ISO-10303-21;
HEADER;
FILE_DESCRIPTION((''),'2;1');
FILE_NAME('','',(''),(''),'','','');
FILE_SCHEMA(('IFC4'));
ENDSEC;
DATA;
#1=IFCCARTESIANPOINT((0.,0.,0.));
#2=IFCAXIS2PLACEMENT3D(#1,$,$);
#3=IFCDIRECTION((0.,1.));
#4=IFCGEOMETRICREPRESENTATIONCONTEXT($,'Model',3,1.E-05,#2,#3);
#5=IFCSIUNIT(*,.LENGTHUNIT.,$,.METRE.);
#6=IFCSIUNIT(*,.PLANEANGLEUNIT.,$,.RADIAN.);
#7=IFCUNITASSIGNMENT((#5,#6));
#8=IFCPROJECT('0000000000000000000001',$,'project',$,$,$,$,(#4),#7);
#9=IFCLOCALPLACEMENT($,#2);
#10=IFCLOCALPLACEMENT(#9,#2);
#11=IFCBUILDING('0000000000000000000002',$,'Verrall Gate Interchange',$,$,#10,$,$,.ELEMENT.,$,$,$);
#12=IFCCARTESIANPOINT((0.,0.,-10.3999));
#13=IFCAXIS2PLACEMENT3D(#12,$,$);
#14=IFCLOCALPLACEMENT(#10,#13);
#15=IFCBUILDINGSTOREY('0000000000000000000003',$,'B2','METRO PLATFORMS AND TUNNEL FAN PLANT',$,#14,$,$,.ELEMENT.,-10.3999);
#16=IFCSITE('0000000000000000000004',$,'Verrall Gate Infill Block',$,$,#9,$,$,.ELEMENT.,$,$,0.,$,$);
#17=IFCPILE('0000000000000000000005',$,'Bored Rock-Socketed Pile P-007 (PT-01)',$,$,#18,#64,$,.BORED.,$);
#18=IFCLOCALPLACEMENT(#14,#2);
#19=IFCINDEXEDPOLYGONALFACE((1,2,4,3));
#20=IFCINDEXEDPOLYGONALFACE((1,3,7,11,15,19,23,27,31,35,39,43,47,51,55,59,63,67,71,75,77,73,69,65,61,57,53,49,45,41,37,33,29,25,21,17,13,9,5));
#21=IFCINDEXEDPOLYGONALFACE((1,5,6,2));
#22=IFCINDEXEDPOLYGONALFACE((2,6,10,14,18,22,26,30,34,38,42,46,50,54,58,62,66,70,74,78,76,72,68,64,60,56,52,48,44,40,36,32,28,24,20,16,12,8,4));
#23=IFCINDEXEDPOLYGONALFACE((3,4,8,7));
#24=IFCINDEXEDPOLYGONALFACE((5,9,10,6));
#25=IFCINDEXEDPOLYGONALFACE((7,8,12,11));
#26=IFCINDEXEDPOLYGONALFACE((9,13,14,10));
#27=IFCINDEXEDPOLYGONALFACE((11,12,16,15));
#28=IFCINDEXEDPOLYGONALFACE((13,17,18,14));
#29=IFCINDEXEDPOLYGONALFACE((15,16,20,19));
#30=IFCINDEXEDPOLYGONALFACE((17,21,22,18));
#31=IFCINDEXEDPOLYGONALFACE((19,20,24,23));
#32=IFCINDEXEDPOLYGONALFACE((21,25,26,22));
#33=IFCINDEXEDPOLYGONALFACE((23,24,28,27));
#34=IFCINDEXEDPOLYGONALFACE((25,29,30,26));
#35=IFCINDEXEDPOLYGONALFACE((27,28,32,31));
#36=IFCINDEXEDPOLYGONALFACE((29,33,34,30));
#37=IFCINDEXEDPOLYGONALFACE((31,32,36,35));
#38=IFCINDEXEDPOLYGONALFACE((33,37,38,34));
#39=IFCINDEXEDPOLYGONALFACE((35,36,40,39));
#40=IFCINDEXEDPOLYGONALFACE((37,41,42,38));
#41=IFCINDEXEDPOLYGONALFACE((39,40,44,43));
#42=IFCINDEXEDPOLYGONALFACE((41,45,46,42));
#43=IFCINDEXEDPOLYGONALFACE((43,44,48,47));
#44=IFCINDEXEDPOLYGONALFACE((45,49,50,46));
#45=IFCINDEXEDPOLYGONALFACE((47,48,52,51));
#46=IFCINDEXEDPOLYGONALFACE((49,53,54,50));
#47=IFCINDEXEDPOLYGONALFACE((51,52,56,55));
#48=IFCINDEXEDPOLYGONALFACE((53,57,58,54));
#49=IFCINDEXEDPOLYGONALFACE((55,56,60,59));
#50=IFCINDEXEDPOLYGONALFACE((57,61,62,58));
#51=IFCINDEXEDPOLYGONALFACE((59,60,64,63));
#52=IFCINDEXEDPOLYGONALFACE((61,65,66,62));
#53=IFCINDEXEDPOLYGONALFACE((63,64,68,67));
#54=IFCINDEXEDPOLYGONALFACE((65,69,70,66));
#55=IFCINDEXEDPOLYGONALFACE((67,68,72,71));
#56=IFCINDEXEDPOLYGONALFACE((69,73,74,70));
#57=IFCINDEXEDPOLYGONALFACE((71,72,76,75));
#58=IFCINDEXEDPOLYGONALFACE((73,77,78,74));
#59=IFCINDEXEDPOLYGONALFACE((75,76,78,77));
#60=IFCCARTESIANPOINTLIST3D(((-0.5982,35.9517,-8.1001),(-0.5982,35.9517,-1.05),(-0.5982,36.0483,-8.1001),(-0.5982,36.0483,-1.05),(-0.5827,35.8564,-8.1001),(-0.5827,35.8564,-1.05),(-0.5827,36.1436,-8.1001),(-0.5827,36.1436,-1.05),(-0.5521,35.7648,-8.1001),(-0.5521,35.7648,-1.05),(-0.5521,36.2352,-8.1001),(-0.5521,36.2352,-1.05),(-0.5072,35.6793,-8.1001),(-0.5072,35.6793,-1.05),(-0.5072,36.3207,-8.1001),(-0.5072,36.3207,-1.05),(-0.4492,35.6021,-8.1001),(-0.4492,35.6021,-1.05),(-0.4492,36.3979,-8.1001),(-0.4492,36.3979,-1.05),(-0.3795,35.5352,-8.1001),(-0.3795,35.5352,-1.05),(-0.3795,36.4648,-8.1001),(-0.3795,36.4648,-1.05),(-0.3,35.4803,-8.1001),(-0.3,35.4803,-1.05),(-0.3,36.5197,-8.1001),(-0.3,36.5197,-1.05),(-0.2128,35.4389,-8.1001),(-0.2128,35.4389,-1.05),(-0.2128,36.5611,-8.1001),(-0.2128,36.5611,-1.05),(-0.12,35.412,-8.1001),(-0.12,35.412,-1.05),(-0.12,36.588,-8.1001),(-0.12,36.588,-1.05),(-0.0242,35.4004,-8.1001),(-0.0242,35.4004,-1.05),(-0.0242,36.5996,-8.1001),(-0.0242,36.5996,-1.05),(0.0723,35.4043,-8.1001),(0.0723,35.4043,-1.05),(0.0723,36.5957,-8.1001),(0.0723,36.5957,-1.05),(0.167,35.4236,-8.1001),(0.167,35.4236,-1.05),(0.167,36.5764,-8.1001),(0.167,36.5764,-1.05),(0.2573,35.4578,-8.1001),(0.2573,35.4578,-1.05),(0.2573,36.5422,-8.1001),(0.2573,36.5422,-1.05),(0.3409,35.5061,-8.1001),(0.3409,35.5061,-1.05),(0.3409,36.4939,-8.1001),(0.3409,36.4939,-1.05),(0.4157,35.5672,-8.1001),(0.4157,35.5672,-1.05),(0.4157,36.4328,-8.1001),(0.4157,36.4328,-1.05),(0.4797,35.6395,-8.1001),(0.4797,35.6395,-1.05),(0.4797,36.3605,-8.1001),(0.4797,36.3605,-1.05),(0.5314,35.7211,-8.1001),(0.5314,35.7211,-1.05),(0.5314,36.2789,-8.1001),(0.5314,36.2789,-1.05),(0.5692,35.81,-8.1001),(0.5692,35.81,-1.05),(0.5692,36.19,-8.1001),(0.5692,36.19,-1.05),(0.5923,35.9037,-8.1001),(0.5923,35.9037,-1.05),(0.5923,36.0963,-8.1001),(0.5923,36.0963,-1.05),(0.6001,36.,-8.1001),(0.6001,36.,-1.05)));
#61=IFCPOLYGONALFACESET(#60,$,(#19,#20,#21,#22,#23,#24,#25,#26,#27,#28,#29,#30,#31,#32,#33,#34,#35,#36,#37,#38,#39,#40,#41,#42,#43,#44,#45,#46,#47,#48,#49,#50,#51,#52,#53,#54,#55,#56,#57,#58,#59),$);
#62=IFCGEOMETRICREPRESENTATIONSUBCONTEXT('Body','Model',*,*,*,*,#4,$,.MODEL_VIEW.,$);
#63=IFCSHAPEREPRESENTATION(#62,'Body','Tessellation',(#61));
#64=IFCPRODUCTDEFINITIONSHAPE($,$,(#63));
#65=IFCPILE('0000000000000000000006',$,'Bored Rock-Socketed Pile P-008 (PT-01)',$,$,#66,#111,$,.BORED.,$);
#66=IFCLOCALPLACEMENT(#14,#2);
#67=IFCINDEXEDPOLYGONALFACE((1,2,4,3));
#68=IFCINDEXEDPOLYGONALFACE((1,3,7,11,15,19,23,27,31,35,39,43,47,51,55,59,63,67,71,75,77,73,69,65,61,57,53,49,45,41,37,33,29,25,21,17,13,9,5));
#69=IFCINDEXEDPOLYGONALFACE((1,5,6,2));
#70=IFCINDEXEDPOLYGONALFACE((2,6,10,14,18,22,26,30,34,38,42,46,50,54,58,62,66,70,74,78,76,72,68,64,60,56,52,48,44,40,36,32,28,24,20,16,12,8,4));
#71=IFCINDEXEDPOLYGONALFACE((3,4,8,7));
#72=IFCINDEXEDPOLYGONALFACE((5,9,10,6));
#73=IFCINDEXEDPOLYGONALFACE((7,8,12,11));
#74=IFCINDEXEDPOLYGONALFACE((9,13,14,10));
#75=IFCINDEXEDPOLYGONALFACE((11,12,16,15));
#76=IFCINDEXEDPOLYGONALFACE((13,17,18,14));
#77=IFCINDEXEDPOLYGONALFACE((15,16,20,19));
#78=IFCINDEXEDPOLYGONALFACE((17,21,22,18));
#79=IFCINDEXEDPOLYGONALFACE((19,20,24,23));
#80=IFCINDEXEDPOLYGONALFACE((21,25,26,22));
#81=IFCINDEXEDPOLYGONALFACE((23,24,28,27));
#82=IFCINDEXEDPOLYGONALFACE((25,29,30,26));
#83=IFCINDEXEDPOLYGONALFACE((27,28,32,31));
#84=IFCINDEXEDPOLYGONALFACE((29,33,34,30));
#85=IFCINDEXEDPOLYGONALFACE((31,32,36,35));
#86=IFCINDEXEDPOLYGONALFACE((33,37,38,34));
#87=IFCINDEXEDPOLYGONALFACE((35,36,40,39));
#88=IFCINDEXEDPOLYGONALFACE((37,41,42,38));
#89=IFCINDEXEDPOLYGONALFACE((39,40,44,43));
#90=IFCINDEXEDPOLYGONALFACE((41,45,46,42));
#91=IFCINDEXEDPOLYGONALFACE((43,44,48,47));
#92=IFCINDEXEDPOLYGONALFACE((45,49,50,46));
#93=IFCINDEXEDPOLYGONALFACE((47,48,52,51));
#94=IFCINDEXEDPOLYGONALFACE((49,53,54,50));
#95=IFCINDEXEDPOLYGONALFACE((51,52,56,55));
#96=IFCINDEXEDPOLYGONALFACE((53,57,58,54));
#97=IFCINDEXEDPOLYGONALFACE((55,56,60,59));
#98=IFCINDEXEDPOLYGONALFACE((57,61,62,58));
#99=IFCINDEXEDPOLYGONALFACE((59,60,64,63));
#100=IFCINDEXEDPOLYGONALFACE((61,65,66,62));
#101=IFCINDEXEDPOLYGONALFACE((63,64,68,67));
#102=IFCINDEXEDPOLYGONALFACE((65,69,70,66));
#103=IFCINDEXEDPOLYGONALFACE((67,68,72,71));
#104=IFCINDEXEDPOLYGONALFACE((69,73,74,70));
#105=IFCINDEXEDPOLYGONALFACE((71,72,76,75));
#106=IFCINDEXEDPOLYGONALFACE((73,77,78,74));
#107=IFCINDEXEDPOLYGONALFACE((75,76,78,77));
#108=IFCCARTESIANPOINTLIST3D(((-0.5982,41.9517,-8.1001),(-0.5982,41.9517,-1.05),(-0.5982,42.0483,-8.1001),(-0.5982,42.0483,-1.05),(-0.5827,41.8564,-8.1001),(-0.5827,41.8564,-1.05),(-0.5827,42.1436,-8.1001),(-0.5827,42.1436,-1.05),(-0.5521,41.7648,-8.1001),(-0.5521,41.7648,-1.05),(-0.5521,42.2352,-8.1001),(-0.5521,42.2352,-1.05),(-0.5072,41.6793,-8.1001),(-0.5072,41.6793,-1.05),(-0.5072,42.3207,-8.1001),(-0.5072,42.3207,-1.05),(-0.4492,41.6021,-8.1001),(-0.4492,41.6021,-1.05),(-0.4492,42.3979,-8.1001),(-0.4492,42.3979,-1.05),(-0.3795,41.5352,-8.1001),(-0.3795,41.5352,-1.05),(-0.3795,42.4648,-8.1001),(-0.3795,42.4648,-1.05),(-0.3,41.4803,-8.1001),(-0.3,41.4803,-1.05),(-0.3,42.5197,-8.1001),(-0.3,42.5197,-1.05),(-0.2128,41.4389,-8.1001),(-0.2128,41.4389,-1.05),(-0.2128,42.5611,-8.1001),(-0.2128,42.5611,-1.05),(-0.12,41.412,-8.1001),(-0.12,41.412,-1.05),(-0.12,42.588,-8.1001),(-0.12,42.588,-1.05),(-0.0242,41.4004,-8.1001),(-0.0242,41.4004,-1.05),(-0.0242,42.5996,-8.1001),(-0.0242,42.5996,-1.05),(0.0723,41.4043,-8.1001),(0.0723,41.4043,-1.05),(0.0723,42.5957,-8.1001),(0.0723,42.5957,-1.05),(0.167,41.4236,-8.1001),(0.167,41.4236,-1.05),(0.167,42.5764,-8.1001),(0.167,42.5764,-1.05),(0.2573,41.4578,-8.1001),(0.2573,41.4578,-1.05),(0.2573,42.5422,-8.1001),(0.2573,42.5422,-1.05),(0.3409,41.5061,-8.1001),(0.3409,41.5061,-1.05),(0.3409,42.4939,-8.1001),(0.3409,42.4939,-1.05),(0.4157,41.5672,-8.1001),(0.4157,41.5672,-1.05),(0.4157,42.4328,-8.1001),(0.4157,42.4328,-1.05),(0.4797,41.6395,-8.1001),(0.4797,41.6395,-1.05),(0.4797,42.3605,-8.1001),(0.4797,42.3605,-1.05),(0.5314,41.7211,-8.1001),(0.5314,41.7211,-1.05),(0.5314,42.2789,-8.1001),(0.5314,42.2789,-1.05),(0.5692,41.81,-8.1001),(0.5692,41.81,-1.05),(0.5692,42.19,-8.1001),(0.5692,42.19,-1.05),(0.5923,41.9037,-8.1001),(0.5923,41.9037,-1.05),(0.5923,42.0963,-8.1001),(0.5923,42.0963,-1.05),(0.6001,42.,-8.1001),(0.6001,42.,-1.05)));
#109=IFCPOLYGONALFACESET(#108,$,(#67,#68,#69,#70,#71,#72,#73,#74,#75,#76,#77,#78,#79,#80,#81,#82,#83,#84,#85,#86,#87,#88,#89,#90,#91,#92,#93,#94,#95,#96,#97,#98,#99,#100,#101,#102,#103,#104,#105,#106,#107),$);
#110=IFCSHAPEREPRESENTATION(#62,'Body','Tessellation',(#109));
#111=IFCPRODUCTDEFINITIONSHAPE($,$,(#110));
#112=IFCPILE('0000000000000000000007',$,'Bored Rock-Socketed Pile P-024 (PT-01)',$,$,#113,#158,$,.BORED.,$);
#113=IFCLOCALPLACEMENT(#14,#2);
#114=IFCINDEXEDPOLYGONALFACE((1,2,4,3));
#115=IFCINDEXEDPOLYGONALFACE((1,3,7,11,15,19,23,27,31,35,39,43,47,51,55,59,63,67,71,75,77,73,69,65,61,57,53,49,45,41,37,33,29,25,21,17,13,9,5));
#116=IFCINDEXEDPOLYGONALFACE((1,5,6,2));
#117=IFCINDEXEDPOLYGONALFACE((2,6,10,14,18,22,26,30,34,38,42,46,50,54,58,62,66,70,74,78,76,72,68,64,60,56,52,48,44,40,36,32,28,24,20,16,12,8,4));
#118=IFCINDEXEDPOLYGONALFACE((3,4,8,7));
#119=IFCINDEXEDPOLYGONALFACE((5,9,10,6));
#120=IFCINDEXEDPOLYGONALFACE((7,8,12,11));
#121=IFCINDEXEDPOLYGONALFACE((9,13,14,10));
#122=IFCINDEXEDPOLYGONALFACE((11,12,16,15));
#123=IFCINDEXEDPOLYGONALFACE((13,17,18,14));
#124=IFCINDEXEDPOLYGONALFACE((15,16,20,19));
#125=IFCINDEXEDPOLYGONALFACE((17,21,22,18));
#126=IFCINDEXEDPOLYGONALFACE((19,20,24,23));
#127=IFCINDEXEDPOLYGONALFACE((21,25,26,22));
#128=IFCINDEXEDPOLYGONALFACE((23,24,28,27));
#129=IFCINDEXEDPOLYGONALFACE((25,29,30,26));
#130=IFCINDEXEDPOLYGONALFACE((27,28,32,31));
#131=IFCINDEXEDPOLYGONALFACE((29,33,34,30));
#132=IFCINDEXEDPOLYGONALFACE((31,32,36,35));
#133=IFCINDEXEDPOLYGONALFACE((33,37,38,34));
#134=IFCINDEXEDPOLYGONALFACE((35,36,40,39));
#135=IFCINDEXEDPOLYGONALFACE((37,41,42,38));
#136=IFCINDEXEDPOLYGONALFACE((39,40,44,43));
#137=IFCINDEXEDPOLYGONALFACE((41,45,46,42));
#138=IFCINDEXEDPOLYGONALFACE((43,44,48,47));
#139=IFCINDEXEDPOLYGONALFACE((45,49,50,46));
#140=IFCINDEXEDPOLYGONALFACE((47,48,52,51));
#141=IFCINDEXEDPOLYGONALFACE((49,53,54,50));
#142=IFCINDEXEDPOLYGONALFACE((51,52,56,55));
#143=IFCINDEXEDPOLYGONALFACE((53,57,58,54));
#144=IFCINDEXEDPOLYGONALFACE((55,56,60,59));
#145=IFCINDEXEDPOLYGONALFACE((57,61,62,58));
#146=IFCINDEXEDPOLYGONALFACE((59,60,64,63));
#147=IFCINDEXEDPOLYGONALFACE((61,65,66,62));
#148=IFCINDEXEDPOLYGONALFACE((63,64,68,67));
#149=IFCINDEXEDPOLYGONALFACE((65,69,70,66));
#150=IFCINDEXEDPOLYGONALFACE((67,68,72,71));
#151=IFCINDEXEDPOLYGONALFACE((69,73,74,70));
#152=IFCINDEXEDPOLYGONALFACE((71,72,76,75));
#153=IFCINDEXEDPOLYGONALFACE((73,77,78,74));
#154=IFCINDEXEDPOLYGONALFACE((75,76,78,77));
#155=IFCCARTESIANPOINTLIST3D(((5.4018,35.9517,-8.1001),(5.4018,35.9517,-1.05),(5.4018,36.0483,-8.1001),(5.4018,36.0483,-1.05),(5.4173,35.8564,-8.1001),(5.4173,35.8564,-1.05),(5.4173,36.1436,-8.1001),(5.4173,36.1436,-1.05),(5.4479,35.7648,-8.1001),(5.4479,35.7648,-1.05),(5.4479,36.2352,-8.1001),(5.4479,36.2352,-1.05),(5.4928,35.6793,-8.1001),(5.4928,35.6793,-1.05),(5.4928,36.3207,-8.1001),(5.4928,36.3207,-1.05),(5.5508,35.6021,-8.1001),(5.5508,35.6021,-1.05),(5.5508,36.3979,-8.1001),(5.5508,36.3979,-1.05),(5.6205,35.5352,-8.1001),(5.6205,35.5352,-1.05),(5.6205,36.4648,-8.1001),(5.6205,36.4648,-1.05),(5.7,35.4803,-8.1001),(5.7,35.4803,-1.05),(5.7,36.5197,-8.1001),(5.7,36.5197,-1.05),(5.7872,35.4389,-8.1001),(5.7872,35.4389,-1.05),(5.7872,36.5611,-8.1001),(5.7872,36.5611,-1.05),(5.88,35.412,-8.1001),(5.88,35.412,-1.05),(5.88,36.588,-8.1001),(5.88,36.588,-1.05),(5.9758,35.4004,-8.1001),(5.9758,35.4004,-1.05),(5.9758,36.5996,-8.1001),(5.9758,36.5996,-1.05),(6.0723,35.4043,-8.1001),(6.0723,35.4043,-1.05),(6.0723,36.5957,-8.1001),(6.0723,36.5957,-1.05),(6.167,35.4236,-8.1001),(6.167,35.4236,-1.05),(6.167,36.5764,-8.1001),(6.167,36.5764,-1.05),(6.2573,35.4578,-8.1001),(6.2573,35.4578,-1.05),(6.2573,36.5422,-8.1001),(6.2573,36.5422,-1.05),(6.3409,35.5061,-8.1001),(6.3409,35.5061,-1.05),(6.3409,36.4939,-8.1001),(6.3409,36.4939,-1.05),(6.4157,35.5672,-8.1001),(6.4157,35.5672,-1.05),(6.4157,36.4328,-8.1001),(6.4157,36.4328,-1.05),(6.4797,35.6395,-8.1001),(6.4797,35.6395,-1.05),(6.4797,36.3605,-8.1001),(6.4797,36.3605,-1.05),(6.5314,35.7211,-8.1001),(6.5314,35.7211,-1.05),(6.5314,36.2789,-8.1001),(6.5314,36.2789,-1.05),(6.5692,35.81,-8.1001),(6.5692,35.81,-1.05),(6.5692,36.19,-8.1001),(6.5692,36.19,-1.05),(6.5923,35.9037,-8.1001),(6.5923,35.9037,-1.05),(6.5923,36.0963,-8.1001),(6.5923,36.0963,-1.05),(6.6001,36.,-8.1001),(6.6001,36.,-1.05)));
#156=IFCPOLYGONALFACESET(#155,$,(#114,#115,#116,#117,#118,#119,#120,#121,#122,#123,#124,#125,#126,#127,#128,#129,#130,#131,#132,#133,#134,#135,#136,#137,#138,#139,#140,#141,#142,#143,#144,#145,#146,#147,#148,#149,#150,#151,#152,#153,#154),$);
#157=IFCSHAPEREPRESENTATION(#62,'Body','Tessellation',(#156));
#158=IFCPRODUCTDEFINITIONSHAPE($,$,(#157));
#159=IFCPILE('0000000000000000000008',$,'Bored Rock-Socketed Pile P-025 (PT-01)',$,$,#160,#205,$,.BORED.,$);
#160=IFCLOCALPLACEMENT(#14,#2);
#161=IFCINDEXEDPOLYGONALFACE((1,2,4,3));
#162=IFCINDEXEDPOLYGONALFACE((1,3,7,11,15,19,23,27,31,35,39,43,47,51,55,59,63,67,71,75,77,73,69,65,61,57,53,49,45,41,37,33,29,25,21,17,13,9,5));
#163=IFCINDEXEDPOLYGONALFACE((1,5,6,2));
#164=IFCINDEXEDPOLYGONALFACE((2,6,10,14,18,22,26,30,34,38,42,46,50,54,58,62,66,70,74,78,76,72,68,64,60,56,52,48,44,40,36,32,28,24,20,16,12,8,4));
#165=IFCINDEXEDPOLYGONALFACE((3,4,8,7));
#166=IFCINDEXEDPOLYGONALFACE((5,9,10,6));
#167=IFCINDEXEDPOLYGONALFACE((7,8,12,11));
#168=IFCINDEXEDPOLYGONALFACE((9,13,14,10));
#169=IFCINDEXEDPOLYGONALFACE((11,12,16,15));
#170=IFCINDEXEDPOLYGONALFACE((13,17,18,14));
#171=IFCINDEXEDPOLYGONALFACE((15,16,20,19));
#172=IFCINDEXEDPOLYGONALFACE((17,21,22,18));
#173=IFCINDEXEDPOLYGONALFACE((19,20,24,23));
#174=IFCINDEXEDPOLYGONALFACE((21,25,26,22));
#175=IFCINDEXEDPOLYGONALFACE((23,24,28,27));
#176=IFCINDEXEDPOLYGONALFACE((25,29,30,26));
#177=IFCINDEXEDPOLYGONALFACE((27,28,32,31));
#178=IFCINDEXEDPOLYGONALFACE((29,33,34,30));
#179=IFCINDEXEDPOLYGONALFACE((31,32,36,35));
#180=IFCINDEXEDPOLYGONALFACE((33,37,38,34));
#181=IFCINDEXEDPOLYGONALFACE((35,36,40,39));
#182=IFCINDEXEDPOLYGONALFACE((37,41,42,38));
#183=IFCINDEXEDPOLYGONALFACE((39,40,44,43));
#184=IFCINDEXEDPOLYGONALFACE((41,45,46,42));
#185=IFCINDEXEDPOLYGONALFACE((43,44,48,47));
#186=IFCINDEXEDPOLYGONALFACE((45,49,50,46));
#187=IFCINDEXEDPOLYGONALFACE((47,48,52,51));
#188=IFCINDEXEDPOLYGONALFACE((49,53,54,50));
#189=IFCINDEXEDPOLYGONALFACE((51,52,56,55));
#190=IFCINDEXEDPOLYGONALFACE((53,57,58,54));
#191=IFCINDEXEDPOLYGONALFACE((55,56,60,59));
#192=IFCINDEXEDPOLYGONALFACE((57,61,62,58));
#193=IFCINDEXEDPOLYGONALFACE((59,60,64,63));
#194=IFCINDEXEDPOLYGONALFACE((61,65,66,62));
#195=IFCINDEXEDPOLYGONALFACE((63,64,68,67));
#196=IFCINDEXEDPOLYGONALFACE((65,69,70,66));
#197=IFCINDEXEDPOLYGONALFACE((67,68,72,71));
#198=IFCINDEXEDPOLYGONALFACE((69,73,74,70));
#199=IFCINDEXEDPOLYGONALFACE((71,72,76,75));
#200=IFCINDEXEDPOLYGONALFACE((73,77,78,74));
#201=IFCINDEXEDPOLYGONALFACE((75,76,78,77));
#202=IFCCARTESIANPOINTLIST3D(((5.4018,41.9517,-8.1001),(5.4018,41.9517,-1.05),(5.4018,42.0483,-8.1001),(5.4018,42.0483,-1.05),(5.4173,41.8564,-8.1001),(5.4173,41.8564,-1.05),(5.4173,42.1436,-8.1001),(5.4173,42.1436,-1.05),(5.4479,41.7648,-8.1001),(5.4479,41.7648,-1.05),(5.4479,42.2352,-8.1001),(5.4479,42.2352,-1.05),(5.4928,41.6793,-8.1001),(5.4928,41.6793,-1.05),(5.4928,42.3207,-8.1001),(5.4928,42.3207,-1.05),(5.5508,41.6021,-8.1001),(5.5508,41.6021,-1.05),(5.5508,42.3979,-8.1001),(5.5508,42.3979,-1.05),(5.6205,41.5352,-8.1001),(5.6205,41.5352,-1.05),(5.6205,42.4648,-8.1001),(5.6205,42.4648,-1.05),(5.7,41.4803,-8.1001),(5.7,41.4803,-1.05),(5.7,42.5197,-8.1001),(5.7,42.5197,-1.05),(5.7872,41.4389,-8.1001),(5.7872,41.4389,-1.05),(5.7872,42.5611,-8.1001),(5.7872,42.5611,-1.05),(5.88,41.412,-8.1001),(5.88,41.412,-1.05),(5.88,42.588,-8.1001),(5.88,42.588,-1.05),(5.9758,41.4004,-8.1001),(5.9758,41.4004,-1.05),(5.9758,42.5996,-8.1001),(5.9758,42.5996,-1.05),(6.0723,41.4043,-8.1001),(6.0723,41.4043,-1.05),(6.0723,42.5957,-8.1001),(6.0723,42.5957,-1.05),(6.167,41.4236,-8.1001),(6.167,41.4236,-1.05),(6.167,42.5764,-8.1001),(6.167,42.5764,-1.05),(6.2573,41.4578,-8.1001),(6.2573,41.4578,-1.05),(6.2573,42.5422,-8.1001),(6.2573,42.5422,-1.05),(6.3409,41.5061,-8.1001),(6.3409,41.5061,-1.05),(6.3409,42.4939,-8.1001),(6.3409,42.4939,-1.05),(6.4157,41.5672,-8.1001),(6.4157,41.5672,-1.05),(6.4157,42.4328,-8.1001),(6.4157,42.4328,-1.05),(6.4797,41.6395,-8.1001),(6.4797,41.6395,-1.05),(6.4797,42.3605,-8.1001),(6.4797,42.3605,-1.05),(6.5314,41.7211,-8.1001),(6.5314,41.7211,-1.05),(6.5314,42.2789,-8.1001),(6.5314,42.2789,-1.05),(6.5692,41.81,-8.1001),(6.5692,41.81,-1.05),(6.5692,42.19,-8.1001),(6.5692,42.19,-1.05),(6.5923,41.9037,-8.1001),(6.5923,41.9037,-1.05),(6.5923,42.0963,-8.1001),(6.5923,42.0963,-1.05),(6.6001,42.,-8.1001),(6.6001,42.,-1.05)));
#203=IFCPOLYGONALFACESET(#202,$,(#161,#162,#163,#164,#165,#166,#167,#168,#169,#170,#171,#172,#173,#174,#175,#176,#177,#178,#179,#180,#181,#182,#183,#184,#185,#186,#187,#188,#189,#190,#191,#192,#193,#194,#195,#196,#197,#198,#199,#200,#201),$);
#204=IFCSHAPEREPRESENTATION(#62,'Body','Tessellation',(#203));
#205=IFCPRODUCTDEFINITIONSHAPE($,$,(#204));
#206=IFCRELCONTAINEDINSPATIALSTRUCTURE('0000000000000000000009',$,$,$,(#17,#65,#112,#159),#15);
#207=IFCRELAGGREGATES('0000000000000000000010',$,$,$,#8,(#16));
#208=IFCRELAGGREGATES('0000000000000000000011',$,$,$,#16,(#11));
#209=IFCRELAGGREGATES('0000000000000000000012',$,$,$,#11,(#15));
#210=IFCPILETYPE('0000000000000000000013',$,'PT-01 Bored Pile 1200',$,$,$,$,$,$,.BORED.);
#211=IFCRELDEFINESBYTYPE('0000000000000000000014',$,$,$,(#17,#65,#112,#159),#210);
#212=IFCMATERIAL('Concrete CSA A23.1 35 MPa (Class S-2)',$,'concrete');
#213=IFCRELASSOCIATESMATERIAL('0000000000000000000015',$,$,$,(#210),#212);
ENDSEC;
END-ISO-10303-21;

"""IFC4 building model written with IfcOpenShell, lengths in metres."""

from ifc_helpers import new_model, si_unit, direction, frame, origin, origin_2d, place, context, subcontext, project, spatial, circle, extrude, material, material_profile, profile_set, type_object, element, save


model = new_model("IFC4")

# Units and contexts
model_context = context("Model", 3, precision=1e-05, world=origin(), true_north=direction((0.0, 1.0)))
body_context = subcontext(model_context, "Body", "Model", "MODEL_VIEW")
ifc_project = project(units=[si_unit("LENGTHUNIT", "METRE"), si_unit("PLANEANGLEUNIT", "RADIAN")], contexts=[model_context])

# Site, building, storey
site_placement = place(None, origin())
site = spatial("IfcSite", under=ifc_project, at=site_placement, Name="Verrall Gate Infill Block", CompositionType="ELEMENT", RefElevation=0.0)
building_placement = place(site_placement, origin())
building = spatial("IfcBuilding", under=site, at=building_placement, Name="Verrall Gate Interchange", CompositionType="ELEMENT")
storey_placement = place(building_placement, frame((0.0, 0.0, -10.3999)))
storey = spatial("IfcBuildingStorey", under=building, at=storey_placement, Name="B2", Description="METRO PLATFORMS AND TUNNEL FAN PLANT", CompositionType="ELEMENT", Elevation=-10.3999)

# Piles
ifc_material_1 = material(Name="Concrete CSA A23.1 35 MPa (Class S-2)", Category="concrete")
ifc_material_profile_1 = material_profile(ifc_material_1, circle(Radius=0.6001, at=origin_2d()), Name="PILE1200D")
ifc_profile_set_1 = profile_set([ifc_material_profile_1], Name="Concrete CSA A23.1 35 MPa (Class S-2)")
pile_type = type_object("IfcPileType", Name="PT-01 Bored Pile 1200", PredefinedType="BORED", material=ifc_profile_set_1)
for number, where, z_axis, x_axis, name in (
    (1, (0.0, 36.0, -1.05), (0.0, 0.0, -1.0), (1.0, 0.0, 0.0), "Bored Rock-Socketed Pile P-007 (PT-01)"),
    (2, (0.0, 42.0, -1.05), (0.0, 0.0, -1.0), (1.0, 0.0, 0.0), "Bored Rock-Socketed Pile P-008 (PT-01)"),
    (3, (6.0, 36.0, -1.05), (0.0, 0.0, -1.0), (1.0, 0.0, 0.0), "Bored Rock-Socketed Pile P-024 (PT-01)"),
    (4, (6.0, 42.0, -1.05), (0.0, 0.0, -1.0), (1.0, 0.0, 0.0), "Bored Rock-Socketed Pile P-025 (PT-01)"),
):
    element("IfcPile", number, at=place(storey_placement, frame(where, z_axis=z_axis, x_axis=x_axis)), inside=storey, type_object=pile_type, Name=name, PredefinedType="BORED", context=body_context, shape_type="SweptSolid", body=[
        extrude(circle(Radius=0.6001, at=origin_2d()), origin(), (0.0, 0.0, 1.0), 7.05),
    ])

save(model, "model.ifc")
